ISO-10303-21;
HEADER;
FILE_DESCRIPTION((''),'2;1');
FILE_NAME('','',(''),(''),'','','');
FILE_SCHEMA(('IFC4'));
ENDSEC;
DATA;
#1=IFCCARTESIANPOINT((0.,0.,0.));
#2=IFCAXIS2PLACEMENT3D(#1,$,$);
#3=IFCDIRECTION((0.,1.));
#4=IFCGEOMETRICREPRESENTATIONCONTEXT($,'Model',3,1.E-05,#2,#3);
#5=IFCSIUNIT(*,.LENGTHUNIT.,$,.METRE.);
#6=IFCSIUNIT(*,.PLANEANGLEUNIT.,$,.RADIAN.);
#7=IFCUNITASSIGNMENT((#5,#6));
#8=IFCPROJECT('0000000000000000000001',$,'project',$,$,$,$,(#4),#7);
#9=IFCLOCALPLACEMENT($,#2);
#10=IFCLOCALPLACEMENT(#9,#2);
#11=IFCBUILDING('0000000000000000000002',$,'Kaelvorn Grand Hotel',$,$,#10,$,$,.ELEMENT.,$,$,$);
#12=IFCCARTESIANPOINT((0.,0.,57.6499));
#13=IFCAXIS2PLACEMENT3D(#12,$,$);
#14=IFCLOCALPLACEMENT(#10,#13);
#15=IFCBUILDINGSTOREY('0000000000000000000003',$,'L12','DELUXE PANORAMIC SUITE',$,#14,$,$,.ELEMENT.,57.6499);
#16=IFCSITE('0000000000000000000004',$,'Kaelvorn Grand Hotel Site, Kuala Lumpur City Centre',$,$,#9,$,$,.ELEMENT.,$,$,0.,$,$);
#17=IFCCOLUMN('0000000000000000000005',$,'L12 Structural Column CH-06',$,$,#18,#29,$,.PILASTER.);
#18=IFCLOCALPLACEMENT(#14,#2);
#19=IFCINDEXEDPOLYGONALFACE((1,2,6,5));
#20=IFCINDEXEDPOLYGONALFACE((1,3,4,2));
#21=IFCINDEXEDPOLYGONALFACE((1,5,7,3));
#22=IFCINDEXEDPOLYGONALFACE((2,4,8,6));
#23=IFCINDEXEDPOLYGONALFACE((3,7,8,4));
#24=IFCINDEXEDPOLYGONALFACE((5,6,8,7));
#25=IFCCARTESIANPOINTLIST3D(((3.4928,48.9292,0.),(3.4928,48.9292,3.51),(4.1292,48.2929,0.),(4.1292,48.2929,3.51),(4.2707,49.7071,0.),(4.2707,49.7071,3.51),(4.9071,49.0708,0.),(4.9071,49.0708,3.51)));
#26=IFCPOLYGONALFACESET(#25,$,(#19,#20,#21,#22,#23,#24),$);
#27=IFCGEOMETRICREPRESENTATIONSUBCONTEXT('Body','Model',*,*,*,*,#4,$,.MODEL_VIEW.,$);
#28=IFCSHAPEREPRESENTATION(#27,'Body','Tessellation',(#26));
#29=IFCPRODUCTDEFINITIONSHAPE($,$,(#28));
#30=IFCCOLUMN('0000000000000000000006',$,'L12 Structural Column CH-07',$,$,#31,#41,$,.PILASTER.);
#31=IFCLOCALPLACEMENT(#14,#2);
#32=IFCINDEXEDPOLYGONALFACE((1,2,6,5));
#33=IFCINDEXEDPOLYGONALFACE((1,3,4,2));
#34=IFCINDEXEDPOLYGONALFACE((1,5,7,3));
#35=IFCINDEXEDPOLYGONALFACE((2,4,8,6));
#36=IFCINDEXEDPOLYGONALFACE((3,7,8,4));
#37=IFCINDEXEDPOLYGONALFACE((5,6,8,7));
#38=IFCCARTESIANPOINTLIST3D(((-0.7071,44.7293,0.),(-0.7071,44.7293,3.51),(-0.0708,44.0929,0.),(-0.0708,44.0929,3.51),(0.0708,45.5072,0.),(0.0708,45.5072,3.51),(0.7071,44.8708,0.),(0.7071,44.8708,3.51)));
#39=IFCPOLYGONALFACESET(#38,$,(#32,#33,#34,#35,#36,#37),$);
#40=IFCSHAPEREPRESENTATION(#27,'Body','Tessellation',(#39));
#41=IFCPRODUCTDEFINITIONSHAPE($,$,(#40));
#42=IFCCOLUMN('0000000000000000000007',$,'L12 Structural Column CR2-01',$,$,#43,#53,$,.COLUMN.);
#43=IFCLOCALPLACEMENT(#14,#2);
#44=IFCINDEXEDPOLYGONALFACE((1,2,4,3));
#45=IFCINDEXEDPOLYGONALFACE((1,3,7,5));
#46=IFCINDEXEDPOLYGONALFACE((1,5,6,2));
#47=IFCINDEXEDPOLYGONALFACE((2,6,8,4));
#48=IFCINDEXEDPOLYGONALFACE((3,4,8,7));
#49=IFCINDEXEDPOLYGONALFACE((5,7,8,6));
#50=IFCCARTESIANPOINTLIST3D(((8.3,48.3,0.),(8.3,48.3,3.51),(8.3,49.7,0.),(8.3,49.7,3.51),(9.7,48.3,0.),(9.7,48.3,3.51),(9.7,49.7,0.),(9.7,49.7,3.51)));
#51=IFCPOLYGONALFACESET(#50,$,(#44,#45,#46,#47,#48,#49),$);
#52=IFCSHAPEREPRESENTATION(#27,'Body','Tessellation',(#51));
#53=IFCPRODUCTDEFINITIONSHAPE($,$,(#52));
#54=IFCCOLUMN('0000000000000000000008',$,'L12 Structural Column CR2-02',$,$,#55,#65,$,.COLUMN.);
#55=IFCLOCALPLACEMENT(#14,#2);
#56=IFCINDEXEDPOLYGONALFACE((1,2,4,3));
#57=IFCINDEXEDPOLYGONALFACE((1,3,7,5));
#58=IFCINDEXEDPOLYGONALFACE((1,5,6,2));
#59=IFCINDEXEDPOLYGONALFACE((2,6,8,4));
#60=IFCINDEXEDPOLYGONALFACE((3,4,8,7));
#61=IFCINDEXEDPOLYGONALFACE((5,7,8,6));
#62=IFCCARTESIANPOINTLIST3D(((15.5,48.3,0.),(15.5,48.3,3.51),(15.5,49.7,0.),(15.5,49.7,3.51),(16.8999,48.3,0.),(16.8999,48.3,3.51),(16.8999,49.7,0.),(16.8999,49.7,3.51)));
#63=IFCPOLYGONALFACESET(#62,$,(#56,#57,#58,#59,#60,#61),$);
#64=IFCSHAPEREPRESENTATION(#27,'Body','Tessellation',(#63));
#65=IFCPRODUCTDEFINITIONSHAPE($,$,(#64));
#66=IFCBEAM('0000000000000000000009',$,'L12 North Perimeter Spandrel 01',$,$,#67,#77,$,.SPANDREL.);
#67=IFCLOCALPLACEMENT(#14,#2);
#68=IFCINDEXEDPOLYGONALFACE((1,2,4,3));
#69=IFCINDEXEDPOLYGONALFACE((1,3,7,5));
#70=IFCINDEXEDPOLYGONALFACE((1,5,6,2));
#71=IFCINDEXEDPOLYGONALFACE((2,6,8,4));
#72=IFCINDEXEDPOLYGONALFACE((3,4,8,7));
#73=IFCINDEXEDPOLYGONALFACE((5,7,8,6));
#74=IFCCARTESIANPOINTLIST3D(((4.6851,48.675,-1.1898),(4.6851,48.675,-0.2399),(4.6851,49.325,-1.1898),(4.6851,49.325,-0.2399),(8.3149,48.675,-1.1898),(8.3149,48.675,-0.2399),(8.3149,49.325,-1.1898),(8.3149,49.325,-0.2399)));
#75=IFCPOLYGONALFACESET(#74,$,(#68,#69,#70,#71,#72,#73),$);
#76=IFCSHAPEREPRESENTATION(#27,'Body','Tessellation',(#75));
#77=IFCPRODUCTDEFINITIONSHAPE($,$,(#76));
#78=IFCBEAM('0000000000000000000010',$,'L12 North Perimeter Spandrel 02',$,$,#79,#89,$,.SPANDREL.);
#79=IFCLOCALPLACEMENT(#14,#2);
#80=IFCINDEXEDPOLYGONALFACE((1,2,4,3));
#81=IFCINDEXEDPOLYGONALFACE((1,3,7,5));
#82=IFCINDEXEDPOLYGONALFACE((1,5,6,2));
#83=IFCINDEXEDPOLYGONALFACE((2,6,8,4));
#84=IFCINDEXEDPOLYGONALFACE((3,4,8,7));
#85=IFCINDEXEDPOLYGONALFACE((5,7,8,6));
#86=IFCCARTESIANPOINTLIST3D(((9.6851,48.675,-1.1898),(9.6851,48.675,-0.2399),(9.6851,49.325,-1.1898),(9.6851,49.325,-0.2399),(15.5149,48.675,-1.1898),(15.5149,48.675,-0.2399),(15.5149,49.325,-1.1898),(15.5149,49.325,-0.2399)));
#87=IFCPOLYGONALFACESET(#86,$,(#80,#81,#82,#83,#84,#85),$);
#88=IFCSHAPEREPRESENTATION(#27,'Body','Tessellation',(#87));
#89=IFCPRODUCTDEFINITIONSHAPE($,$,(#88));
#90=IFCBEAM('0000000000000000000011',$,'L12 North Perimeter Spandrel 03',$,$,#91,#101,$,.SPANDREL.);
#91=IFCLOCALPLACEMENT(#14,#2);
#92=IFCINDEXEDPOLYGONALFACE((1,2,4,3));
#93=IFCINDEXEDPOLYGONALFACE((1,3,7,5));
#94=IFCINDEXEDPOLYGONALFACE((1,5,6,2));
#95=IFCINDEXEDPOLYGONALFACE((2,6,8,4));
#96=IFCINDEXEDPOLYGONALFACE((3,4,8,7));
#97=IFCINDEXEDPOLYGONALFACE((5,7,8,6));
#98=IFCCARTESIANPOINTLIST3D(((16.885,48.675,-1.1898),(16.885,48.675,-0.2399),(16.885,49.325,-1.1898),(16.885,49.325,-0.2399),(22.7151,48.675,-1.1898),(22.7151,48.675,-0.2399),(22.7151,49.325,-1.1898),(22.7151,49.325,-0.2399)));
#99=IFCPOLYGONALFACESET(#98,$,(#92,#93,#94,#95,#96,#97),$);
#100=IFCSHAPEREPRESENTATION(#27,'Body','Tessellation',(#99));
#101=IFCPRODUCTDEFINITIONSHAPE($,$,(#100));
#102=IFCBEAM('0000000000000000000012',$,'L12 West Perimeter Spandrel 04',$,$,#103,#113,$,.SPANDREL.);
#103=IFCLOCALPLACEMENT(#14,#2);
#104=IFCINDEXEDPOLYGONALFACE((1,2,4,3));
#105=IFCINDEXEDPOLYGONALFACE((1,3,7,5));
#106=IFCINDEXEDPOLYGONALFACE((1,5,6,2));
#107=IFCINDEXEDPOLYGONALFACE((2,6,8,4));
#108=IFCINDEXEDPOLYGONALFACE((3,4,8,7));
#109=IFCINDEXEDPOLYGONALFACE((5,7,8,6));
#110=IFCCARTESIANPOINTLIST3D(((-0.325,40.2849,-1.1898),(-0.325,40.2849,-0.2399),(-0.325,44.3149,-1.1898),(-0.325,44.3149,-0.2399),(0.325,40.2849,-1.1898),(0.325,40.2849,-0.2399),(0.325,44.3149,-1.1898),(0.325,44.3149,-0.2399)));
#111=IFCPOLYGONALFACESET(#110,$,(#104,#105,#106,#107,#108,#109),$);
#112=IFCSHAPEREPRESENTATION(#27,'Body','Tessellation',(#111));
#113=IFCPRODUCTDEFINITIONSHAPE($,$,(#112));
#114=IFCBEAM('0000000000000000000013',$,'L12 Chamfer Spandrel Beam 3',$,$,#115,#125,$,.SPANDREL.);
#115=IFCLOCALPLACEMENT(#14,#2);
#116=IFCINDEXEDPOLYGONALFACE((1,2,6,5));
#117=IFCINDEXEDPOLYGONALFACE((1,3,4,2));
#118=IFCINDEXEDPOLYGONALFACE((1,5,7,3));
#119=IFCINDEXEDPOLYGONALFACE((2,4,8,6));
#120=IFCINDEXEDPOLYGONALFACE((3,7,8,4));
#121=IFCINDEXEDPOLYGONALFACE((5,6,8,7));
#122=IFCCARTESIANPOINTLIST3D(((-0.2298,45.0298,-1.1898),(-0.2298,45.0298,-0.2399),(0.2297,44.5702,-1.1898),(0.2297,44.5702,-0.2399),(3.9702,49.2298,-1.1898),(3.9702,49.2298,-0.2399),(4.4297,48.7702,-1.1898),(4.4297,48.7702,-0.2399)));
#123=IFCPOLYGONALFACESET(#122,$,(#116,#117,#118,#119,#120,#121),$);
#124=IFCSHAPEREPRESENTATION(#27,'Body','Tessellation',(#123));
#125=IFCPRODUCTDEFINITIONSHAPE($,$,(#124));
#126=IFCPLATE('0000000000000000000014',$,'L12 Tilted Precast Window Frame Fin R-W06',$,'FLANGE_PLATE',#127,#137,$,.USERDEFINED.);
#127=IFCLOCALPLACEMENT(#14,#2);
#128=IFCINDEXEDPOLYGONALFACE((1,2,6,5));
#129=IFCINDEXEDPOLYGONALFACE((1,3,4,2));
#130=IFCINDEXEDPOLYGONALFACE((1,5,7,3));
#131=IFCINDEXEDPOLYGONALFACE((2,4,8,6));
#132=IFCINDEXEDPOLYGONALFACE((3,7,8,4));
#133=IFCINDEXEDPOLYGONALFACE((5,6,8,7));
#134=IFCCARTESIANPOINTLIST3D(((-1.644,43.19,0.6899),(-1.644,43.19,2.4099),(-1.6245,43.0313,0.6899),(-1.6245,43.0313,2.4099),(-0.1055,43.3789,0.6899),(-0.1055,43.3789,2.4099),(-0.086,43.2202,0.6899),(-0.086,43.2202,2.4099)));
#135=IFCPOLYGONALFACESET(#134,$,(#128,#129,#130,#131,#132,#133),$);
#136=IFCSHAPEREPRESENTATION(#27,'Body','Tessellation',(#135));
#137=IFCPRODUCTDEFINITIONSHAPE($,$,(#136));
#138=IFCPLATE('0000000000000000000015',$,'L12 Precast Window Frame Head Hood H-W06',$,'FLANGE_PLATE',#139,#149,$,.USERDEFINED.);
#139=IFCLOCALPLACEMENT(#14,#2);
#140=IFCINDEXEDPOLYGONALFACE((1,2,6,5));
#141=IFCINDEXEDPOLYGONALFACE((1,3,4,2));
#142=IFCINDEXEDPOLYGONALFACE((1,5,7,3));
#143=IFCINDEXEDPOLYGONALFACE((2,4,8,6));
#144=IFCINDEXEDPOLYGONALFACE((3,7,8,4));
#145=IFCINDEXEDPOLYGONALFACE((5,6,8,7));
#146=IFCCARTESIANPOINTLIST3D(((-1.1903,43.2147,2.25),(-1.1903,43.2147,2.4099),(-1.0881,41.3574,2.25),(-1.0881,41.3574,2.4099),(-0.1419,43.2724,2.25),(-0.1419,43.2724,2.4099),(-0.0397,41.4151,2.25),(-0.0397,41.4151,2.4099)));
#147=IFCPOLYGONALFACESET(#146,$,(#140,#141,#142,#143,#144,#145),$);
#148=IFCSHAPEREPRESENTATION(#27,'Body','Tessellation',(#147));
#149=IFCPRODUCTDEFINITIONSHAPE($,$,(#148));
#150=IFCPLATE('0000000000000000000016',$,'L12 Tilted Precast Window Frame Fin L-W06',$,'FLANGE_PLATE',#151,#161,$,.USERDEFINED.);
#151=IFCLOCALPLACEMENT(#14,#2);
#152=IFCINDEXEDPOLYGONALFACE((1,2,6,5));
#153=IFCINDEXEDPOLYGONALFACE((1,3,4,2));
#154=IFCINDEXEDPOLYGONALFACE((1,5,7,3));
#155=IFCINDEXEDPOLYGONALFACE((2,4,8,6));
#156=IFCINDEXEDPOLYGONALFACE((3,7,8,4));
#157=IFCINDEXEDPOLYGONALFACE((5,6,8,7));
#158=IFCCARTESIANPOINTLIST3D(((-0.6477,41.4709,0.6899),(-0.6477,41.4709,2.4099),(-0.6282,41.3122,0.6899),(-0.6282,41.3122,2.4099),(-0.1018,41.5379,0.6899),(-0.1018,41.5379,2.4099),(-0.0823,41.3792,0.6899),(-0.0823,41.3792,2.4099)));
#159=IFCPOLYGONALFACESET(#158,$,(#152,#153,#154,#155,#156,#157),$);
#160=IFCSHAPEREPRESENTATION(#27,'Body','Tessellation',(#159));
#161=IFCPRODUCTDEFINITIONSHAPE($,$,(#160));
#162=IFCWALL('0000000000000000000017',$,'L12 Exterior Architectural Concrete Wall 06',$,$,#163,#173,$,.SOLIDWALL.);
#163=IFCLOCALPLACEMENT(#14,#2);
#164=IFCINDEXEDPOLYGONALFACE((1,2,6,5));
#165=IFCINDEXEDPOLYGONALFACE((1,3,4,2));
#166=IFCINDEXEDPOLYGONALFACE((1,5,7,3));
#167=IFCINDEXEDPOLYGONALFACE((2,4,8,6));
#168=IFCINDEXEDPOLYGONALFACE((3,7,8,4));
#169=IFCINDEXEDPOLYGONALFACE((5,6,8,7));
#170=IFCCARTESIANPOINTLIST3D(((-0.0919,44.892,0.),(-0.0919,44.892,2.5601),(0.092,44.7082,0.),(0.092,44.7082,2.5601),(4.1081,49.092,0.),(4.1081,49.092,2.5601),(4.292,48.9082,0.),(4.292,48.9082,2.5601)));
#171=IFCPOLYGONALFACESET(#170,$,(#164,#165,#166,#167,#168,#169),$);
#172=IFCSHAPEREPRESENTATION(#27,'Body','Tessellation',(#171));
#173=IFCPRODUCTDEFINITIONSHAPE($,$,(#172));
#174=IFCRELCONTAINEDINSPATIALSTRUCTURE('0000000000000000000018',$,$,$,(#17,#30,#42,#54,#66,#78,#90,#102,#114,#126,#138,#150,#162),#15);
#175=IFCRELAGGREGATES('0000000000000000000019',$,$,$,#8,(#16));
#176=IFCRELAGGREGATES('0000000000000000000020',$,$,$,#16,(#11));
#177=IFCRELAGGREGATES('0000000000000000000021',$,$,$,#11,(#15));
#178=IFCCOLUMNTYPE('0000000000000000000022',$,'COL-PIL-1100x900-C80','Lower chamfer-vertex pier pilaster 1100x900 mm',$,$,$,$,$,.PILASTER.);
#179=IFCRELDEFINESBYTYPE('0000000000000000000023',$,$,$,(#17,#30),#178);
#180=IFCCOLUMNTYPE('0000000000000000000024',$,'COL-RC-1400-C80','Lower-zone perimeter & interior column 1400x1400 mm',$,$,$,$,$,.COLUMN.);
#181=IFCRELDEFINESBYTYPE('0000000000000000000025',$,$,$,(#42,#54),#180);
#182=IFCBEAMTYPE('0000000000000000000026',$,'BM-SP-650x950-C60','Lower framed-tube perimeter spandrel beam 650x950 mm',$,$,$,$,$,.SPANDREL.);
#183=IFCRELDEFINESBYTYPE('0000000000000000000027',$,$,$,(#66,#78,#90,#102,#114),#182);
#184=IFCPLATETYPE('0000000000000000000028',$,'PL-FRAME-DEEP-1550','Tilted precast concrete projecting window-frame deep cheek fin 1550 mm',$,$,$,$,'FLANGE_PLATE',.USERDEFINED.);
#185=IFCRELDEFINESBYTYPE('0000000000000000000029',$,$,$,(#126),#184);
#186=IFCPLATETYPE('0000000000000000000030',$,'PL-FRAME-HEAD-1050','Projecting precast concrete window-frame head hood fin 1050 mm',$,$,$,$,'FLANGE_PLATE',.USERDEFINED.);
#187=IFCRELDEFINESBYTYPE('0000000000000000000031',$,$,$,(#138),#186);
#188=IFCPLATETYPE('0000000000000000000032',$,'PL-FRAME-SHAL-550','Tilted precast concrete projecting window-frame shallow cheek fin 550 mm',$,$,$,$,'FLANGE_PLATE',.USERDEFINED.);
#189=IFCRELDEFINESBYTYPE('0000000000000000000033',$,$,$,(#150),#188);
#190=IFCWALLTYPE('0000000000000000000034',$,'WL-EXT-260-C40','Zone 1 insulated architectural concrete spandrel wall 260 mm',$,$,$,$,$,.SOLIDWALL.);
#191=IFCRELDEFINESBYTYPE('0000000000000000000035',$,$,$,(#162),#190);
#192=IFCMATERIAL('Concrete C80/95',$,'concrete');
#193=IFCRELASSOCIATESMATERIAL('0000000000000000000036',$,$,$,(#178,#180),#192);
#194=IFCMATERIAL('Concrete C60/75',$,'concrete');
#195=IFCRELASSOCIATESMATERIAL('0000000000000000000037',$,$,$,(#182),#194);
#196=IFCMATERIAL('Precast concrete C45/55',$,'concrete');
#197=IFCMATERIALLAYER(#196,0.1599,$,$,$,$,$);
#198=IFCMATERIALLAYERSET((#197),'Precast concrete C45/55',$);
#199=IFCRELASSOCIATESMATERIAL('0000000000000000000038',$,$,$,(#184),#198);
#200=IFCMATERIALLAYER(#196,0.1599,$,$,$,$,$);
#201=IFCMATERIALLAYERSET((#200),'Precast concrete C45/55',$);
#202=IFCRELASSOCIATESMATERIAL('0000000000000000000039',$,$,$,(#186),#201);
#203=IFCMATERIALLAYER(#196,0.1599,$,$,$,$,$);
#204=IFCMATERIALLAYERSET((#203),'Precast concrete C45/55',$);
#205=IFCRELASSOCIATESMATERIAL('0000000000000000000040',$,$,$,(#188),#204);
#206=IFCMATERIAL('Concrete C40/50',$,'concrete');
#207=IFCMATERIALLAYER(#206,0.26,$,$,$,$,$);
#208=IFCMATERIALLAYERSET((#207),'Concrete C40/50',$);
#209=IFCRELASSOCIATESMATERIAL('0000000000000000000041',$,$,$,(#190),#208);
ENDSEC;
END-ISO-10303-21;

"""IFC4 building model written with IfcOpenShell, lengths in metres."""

from ifc_helpers import new_model, si_unit, direction, frame, frame_2d, origin, origin_2d, place, context, subcontext, project, spatial, rectangle, extrude, material, layer, layer_set, material_profile, profile_set, type_object, element, save


model = new_model("IFC4")

# Units and contexts
model_context = context("Model", 3, precision=1e-05, world=origin(), true_north=direction((0.0, 1.0)))
body_context = subcontext(model_context, "Body", "Model", "MODEL_VIEW")
ifc_project = project(units=[si_unit("LENGTHUNIT", "METRE"), si_unit("PLANEANGLEUNIT", "RADIAN")], contexts=[model_context])

# Site, building, storey
site_placement = place(None, origin())
site = spatial("IfcSite", under=ifc_project, at=site_placement, Name="Kaelvorn Grand Hotel Site, Kuala Lumpur City Centre", CompositionType="ELEMENT", RefElevation=0.0)
building_placement = place(site_placement, origin())
building = spatial("IfcBuilding", under=site, at=building_placement, Name="Kaelvorn Grand Hotel", CompositionType="ELEMENT")
storey_placement = place(building_placement, frame((0.0, 0.0, 57.6499)))
storey = spatial("IfcBuildingStorey", under=building, at=storey_placement, Name="L12", Description="DELUXE PANORAMIC SUITE", CompositionType="ELEMENT", Elevation=57.6499)

# Columns
ifc_material_1 = material(Name="Concrete C80/95", Category="concrete")
ifc_material_profile_1 = material_profile(ifc_material_1, rectangle(XDim=1.1001, YDim=0.8999, at=origin_2d()), Name="RC PILASTER 1100x900")
ifc_profile_set_1 = profile_set([ifc_material_profile_1], Name="Concrete C80/95")
column_type_1 = type_object("IfcColumnType", Name="COL-PIL-1100x900-C80", Description="Lower chamfer-vertex pier pilaster 1100x900 mm", PredefinedType="PILASTER", material=ifc_profile_set_1)
for number, where, z_axis, x_axis, name in (
    (1, (4.2, 49.0, 0.0), (0.0, 0.0, 1.0), (0.707107, 0.707107, 0.0), "L12 Structural Column CH-06"),
    (2, (0.0, 44.8, 0.0), (0.0, 0.0, 1.0), (0.707107, 0.707107, 0.0), "L12 Structural Column CH-07"),
):
    element("IfcColumn", number, at=place(storey_placement, frame(where, z_axis=z_axis, x_axis=x_axis)), inside=storey, type_object=column_type_1, Name=name, PredefinedType="PILASTER", context=body_context, shape_type="SweptSolid", body=[
        extrude(rectangle(XDim=1.1001, YDim=0.8999, at=origin_2d()), origin(), (0.0, 0.0, 1.0), 3.51),
    ])
ifc_material_profile_2 = material_profile(ifc_material_1, rectangle(XDim=1.3999, YDim=1.3999, at=origin_2d()), Name="RC COL 1400x1400")
ifc_profile_set_2 = profile_set([ifc_material_profile_2], Name="Concrete C80/95")
column_type_2 = type_object("IfcColumnType", Name="COL-RC-1400-C80", Description="Lower-zone perimeter & interior column 1400x1400 mm", PredefinedType="COLUMN", material=ifc_profile_set_2)
for number, where, z_axis, x_axis, name in (
    (3, (9.0, 49.0, 0.0), (0.0, 0.0, 1.0), (1.0, 0.0, 0.0), "L12 Structural Column CR2-01"),
    (4, (16.2, 49.0, 0.0), (0.0, 0.0, 1.0), (1.0, 0.0, 0.0), "L12 Structural Column CR2-02"),
):
    element("IfcColumn", number, at=place(storey_placement, frame(where, z_axis=z_axis, x_axis=x_axis)), inside=storey, type_object=column_type_2, Name=name, PredefinedType="COLUMN", context=body_context, shape_type="SweptSolid", body=[
        extrude(rectangle(XDim=1.3999, YDim=1.3999, at=origin_2d()), origin(), (0.0, 0.0, 1.0), 3.51),
    ])

# Beams
ifc_material_2 = material(Name="Concrete C60/75", Category="concrete")
ifc_material_profile_3 = material_profile(ifc_material_2, rectangle(XDim=0.6499, YDim=0.95, at=origin_2d()), Name="RC SPANDREL 650x950")
ifc_profile_set_3 = profile_set([ifc_material_profile_3], Name="Concrete C60/75")
beam_type = type_object("IfcBeamType", Name="BM-SP-650x950-C60", Description="Lower framed-tube perimeter spandrel beam 650x950 mm", PredefinedType="SPANDREL", material=ifc_profile_set_3)
beam_1_placement = place(storey_placement, frame((4.6851, 49.0, -0.7148), z_axis=(1.0, 0.0, 0.0), x_axis=(0.0, 1.0, 0.0)))
element("IfcBeam", 5, at=beam_1_placement, inside=storey, type_object=beam_type, Name="L12 North Perimeter Spandrel 01", PredefinedType="SPANDREL", context=body_context, shape_type="SweptSolid", body=[
    extrude(rectangle(XDim=0.6499, YDim=0.95, at=origin_2d()), origin(), (0.0, 0.0, 1.0), 3.6299),
])
beam_2_placement = place(storey_placement, frame((9.6851, 49.0, -0.7148), z_axis=(1.0, 0.0, 0.0), x_axis=(0.0, 1.0, 0.0)))
element("IfcBeam", 6, at=beam_2_placement, inside=storey, type_object=beam_type, Name="L12 North Perimeter Spandrel 02", PredefinedType="SPANDREL", context=body_context, shape_type="SweptSolid", body=[
    extrude(rectangle(XDim=0.6499, YDim=0.95, at=origin_2d()), origin(), (0.0, 0.0, 1.0), 5.8298),
])
beam_3_placement = place(storey_placement, frame((16.885, 49.0, -0.7148), z_axis=(1.0, 0.0, 0.0), x_axis=(0.0, 1.0, 0.0)))
element("IfcBeam", 7, at=beam_3_placement, inside=storey, type_object=beam_type, Name="L12 North Perimeter Spandrel 03", PredefinedType="SPANDREL", context=body_context, shape_type="SweptSolid", body=[
    extrude(rectangle(XDim=0.6499, YDim=0.95, at=origin_2d()), origin(), (0.0, 0.0, 1.0), 5.8301),
])
beam_4_placement = place(storey_placement, frame((0.0, 40.2849, -0.7148), z_axis=(0.0, 1.0, 0.0), x_axis=(-1.0, 0.0, 0.0)))
element("IfcBeam", 8, at=beam_4_placement, inside=storey, type_object=beam_type, Name="L12 West Perimeter Spandrel 04", PredefinedType="SPANDREL", context=body_context, shape_type="SweptSolid", body=[
    extrude(rectangle(XDim=0.6499, YDim=0.95, at=origin_2d()), origin(), (0.0, 0.0, 1.0), 4.03),
])
beam_5_placement = place(storey_placement, frame((4.2, 49.0, -0.7148), z_axis=(-0.707107, -0.707107, 0.0), x_axis=(0.707107, -0.707107, 0.0)))
element("IfcBeam", 9, at=beam_5_placement, inside=storey, type_object=beam_type, Name="L12 Chamfer Spandrel Beam 3", PredefinedType="SPANDREL", context=body_context, shape_type="SweptSolid", body=[
    extrude(rectangle(XDim=0.6499, YDim=0.95, at=origin_2d()), origin(), (0.0, 0.0, 1.0), 5.9397),
])

# Plates
ifc_material_3 = material(Name="Precast concrete C45/55", Category="concrete")
ifc_layer_1 = layer(ifc_material_3, 0.1599)
ifc_layer_set_1 = layer_set([ifc_layer_1], Name="Precast concrete C45/55")
plate_type_1 = type_object("IfcPlateType", Name="PL-FRAME-DEEP-1550", Description="Tilted precast concrete projecting window-frame deep cheek fin 1550 mm", ElementType="FLANGE_PLATE", PredefinedType="USERDEFINED", material=ifc_layer_set_1)
plate_1_placement = place(storey_placement, frame((-0.865, 43.2051, 0.6899), z_axis=(0.0, 0.0, 1.0), x_axis=(-0.121869, 0.992546, 0.0)))
element("IfcPlate", 10, at=plate_1_placement, inside=storey, type_object=plate_type_1, Name="L12 Tilted Precast Window Frame Fin R-W06", ObjectType="FLANGE_PLATE", PredefinedType="USERDEFINED", context=body_context, shape_type="SweptSolid", body=[
    extrude(rectangle(XDim=0.1599, YDim=1.55, at=origin_2d()), origin(), (0.0, 0.0, 1.0), 1.72),
])
ifc_layer_2 = layer(ifc_material_3, 0.1599)
ifc_layer_set_2 = layer_set([ifc_layer_2], Name="Precast concrete C45/55")
plate_type_2 = type_object("IfcPlateType", Name="PL-FRAME-HEAD-1050", Description="Projecting precast concrete window-frame head hood fin 1050 mm", ElementType="FLANGE_PLATE", PredefinedType="USERDEFINED", material=ifc_layer_set_2)
plate_2_placement = place(storey_placement, frame((-0.615, 42.3149, 2.25), z_axis=(0.0, 0.0, 1.0), x_axis=(-0.05495, 0.998489, 0.0)))
element("IfcPlate", 11, at=plate_2_placement, inside=storey, type_object=plate_type_2, Name="L12 Precast Window Frame Head Hood H-W06", ObjectType="FLANGE_PLATE", PredefinedType="USERDEFINED", context=body_context, shape_type="SweptSolid", body=[
    extrude(rectangle(XDim=1.8601, YDim=1.05, at=origin_2d()), origin(), (0.0, 0.0, 1.0), 0.1599),
])
ifc_layer_3 = layer(ifc_material_3, 0.1599)
ifc_layer_set_3 = layer_set([ifc_layer_3], Name="Precast concrete C45/55")
plate_type_3 = type_object("IfcPlateType", Name="PL-FRAME-SHAL-550", Description="Tilted precast concrete projecting window-frame shallow cheek fin 550 mm", ElementType="FLANGE_PLATE", PredefinedType="USERDEFINED", material=ifc_layer_set_3)
plate_3_placement = place(storey_placement, frame((-0.365, 41.425, 0.6899), z_axis=(0.0, 0.0, 1.0), x_axis=(-0.121869, 0.992546, 0.0)))
element("IfcPlate", 12, at=plate_3_placement, inside=storey, type_object=plate_type_3, Name="L12 Tilted Precast Window Frame Fin L-W06", ObjectType="FLANGE_PLATE", PredefinedType="USERDEFINED", context=body_context, shape_type="SweptSolid", body=[
    extrude(rectangle(XDim=0.1599, YDim=0.55, at=origin_2d()), origin(), (0.0, 0.0, 1.0), 1.72),
])

# Wall
ifc_material_4 = material(Name="Concrete C40/50", Category="concrete")
ifc_layer_4 = layer(ifc_material_4, 0.26)
ifc_layer_set_4 = layer_set([ifc_layer_4], Name="Concrete C40/50")
wall_type_1 = type_object("IfcWallType", Name="WL-EXT-260-C40", Description="Zone 1 insulated architectural concrete spandrel wall 260 mm", PredefinedType="SOLIDWALL", material=ifc_layer_set_4)
wall_1_placement = place(storey_placement, frame((4.2, 49.0, 0.0), z_axis=(0.0, 0.0, 1.0), x_axis=(-0.707107, -0.707107, 0.0)))
element("IfcWall", 13, at=wall_1_placement, inside=storey, type_object=wall_type_1, Name="L12 Exterior Architectural Concrete Wall 06", PredefinedType="SOLIDWALL", context=body_context, shape_type="SweptSolid", body=[
    extrude(rectangle(XDim=5.9397, YDim=0.26, at=frame_2d((2.9697, 0.0))), origin(), (0.0, 0.0, 1.0), 2.5601),
])

save(model, "model.ifc")
